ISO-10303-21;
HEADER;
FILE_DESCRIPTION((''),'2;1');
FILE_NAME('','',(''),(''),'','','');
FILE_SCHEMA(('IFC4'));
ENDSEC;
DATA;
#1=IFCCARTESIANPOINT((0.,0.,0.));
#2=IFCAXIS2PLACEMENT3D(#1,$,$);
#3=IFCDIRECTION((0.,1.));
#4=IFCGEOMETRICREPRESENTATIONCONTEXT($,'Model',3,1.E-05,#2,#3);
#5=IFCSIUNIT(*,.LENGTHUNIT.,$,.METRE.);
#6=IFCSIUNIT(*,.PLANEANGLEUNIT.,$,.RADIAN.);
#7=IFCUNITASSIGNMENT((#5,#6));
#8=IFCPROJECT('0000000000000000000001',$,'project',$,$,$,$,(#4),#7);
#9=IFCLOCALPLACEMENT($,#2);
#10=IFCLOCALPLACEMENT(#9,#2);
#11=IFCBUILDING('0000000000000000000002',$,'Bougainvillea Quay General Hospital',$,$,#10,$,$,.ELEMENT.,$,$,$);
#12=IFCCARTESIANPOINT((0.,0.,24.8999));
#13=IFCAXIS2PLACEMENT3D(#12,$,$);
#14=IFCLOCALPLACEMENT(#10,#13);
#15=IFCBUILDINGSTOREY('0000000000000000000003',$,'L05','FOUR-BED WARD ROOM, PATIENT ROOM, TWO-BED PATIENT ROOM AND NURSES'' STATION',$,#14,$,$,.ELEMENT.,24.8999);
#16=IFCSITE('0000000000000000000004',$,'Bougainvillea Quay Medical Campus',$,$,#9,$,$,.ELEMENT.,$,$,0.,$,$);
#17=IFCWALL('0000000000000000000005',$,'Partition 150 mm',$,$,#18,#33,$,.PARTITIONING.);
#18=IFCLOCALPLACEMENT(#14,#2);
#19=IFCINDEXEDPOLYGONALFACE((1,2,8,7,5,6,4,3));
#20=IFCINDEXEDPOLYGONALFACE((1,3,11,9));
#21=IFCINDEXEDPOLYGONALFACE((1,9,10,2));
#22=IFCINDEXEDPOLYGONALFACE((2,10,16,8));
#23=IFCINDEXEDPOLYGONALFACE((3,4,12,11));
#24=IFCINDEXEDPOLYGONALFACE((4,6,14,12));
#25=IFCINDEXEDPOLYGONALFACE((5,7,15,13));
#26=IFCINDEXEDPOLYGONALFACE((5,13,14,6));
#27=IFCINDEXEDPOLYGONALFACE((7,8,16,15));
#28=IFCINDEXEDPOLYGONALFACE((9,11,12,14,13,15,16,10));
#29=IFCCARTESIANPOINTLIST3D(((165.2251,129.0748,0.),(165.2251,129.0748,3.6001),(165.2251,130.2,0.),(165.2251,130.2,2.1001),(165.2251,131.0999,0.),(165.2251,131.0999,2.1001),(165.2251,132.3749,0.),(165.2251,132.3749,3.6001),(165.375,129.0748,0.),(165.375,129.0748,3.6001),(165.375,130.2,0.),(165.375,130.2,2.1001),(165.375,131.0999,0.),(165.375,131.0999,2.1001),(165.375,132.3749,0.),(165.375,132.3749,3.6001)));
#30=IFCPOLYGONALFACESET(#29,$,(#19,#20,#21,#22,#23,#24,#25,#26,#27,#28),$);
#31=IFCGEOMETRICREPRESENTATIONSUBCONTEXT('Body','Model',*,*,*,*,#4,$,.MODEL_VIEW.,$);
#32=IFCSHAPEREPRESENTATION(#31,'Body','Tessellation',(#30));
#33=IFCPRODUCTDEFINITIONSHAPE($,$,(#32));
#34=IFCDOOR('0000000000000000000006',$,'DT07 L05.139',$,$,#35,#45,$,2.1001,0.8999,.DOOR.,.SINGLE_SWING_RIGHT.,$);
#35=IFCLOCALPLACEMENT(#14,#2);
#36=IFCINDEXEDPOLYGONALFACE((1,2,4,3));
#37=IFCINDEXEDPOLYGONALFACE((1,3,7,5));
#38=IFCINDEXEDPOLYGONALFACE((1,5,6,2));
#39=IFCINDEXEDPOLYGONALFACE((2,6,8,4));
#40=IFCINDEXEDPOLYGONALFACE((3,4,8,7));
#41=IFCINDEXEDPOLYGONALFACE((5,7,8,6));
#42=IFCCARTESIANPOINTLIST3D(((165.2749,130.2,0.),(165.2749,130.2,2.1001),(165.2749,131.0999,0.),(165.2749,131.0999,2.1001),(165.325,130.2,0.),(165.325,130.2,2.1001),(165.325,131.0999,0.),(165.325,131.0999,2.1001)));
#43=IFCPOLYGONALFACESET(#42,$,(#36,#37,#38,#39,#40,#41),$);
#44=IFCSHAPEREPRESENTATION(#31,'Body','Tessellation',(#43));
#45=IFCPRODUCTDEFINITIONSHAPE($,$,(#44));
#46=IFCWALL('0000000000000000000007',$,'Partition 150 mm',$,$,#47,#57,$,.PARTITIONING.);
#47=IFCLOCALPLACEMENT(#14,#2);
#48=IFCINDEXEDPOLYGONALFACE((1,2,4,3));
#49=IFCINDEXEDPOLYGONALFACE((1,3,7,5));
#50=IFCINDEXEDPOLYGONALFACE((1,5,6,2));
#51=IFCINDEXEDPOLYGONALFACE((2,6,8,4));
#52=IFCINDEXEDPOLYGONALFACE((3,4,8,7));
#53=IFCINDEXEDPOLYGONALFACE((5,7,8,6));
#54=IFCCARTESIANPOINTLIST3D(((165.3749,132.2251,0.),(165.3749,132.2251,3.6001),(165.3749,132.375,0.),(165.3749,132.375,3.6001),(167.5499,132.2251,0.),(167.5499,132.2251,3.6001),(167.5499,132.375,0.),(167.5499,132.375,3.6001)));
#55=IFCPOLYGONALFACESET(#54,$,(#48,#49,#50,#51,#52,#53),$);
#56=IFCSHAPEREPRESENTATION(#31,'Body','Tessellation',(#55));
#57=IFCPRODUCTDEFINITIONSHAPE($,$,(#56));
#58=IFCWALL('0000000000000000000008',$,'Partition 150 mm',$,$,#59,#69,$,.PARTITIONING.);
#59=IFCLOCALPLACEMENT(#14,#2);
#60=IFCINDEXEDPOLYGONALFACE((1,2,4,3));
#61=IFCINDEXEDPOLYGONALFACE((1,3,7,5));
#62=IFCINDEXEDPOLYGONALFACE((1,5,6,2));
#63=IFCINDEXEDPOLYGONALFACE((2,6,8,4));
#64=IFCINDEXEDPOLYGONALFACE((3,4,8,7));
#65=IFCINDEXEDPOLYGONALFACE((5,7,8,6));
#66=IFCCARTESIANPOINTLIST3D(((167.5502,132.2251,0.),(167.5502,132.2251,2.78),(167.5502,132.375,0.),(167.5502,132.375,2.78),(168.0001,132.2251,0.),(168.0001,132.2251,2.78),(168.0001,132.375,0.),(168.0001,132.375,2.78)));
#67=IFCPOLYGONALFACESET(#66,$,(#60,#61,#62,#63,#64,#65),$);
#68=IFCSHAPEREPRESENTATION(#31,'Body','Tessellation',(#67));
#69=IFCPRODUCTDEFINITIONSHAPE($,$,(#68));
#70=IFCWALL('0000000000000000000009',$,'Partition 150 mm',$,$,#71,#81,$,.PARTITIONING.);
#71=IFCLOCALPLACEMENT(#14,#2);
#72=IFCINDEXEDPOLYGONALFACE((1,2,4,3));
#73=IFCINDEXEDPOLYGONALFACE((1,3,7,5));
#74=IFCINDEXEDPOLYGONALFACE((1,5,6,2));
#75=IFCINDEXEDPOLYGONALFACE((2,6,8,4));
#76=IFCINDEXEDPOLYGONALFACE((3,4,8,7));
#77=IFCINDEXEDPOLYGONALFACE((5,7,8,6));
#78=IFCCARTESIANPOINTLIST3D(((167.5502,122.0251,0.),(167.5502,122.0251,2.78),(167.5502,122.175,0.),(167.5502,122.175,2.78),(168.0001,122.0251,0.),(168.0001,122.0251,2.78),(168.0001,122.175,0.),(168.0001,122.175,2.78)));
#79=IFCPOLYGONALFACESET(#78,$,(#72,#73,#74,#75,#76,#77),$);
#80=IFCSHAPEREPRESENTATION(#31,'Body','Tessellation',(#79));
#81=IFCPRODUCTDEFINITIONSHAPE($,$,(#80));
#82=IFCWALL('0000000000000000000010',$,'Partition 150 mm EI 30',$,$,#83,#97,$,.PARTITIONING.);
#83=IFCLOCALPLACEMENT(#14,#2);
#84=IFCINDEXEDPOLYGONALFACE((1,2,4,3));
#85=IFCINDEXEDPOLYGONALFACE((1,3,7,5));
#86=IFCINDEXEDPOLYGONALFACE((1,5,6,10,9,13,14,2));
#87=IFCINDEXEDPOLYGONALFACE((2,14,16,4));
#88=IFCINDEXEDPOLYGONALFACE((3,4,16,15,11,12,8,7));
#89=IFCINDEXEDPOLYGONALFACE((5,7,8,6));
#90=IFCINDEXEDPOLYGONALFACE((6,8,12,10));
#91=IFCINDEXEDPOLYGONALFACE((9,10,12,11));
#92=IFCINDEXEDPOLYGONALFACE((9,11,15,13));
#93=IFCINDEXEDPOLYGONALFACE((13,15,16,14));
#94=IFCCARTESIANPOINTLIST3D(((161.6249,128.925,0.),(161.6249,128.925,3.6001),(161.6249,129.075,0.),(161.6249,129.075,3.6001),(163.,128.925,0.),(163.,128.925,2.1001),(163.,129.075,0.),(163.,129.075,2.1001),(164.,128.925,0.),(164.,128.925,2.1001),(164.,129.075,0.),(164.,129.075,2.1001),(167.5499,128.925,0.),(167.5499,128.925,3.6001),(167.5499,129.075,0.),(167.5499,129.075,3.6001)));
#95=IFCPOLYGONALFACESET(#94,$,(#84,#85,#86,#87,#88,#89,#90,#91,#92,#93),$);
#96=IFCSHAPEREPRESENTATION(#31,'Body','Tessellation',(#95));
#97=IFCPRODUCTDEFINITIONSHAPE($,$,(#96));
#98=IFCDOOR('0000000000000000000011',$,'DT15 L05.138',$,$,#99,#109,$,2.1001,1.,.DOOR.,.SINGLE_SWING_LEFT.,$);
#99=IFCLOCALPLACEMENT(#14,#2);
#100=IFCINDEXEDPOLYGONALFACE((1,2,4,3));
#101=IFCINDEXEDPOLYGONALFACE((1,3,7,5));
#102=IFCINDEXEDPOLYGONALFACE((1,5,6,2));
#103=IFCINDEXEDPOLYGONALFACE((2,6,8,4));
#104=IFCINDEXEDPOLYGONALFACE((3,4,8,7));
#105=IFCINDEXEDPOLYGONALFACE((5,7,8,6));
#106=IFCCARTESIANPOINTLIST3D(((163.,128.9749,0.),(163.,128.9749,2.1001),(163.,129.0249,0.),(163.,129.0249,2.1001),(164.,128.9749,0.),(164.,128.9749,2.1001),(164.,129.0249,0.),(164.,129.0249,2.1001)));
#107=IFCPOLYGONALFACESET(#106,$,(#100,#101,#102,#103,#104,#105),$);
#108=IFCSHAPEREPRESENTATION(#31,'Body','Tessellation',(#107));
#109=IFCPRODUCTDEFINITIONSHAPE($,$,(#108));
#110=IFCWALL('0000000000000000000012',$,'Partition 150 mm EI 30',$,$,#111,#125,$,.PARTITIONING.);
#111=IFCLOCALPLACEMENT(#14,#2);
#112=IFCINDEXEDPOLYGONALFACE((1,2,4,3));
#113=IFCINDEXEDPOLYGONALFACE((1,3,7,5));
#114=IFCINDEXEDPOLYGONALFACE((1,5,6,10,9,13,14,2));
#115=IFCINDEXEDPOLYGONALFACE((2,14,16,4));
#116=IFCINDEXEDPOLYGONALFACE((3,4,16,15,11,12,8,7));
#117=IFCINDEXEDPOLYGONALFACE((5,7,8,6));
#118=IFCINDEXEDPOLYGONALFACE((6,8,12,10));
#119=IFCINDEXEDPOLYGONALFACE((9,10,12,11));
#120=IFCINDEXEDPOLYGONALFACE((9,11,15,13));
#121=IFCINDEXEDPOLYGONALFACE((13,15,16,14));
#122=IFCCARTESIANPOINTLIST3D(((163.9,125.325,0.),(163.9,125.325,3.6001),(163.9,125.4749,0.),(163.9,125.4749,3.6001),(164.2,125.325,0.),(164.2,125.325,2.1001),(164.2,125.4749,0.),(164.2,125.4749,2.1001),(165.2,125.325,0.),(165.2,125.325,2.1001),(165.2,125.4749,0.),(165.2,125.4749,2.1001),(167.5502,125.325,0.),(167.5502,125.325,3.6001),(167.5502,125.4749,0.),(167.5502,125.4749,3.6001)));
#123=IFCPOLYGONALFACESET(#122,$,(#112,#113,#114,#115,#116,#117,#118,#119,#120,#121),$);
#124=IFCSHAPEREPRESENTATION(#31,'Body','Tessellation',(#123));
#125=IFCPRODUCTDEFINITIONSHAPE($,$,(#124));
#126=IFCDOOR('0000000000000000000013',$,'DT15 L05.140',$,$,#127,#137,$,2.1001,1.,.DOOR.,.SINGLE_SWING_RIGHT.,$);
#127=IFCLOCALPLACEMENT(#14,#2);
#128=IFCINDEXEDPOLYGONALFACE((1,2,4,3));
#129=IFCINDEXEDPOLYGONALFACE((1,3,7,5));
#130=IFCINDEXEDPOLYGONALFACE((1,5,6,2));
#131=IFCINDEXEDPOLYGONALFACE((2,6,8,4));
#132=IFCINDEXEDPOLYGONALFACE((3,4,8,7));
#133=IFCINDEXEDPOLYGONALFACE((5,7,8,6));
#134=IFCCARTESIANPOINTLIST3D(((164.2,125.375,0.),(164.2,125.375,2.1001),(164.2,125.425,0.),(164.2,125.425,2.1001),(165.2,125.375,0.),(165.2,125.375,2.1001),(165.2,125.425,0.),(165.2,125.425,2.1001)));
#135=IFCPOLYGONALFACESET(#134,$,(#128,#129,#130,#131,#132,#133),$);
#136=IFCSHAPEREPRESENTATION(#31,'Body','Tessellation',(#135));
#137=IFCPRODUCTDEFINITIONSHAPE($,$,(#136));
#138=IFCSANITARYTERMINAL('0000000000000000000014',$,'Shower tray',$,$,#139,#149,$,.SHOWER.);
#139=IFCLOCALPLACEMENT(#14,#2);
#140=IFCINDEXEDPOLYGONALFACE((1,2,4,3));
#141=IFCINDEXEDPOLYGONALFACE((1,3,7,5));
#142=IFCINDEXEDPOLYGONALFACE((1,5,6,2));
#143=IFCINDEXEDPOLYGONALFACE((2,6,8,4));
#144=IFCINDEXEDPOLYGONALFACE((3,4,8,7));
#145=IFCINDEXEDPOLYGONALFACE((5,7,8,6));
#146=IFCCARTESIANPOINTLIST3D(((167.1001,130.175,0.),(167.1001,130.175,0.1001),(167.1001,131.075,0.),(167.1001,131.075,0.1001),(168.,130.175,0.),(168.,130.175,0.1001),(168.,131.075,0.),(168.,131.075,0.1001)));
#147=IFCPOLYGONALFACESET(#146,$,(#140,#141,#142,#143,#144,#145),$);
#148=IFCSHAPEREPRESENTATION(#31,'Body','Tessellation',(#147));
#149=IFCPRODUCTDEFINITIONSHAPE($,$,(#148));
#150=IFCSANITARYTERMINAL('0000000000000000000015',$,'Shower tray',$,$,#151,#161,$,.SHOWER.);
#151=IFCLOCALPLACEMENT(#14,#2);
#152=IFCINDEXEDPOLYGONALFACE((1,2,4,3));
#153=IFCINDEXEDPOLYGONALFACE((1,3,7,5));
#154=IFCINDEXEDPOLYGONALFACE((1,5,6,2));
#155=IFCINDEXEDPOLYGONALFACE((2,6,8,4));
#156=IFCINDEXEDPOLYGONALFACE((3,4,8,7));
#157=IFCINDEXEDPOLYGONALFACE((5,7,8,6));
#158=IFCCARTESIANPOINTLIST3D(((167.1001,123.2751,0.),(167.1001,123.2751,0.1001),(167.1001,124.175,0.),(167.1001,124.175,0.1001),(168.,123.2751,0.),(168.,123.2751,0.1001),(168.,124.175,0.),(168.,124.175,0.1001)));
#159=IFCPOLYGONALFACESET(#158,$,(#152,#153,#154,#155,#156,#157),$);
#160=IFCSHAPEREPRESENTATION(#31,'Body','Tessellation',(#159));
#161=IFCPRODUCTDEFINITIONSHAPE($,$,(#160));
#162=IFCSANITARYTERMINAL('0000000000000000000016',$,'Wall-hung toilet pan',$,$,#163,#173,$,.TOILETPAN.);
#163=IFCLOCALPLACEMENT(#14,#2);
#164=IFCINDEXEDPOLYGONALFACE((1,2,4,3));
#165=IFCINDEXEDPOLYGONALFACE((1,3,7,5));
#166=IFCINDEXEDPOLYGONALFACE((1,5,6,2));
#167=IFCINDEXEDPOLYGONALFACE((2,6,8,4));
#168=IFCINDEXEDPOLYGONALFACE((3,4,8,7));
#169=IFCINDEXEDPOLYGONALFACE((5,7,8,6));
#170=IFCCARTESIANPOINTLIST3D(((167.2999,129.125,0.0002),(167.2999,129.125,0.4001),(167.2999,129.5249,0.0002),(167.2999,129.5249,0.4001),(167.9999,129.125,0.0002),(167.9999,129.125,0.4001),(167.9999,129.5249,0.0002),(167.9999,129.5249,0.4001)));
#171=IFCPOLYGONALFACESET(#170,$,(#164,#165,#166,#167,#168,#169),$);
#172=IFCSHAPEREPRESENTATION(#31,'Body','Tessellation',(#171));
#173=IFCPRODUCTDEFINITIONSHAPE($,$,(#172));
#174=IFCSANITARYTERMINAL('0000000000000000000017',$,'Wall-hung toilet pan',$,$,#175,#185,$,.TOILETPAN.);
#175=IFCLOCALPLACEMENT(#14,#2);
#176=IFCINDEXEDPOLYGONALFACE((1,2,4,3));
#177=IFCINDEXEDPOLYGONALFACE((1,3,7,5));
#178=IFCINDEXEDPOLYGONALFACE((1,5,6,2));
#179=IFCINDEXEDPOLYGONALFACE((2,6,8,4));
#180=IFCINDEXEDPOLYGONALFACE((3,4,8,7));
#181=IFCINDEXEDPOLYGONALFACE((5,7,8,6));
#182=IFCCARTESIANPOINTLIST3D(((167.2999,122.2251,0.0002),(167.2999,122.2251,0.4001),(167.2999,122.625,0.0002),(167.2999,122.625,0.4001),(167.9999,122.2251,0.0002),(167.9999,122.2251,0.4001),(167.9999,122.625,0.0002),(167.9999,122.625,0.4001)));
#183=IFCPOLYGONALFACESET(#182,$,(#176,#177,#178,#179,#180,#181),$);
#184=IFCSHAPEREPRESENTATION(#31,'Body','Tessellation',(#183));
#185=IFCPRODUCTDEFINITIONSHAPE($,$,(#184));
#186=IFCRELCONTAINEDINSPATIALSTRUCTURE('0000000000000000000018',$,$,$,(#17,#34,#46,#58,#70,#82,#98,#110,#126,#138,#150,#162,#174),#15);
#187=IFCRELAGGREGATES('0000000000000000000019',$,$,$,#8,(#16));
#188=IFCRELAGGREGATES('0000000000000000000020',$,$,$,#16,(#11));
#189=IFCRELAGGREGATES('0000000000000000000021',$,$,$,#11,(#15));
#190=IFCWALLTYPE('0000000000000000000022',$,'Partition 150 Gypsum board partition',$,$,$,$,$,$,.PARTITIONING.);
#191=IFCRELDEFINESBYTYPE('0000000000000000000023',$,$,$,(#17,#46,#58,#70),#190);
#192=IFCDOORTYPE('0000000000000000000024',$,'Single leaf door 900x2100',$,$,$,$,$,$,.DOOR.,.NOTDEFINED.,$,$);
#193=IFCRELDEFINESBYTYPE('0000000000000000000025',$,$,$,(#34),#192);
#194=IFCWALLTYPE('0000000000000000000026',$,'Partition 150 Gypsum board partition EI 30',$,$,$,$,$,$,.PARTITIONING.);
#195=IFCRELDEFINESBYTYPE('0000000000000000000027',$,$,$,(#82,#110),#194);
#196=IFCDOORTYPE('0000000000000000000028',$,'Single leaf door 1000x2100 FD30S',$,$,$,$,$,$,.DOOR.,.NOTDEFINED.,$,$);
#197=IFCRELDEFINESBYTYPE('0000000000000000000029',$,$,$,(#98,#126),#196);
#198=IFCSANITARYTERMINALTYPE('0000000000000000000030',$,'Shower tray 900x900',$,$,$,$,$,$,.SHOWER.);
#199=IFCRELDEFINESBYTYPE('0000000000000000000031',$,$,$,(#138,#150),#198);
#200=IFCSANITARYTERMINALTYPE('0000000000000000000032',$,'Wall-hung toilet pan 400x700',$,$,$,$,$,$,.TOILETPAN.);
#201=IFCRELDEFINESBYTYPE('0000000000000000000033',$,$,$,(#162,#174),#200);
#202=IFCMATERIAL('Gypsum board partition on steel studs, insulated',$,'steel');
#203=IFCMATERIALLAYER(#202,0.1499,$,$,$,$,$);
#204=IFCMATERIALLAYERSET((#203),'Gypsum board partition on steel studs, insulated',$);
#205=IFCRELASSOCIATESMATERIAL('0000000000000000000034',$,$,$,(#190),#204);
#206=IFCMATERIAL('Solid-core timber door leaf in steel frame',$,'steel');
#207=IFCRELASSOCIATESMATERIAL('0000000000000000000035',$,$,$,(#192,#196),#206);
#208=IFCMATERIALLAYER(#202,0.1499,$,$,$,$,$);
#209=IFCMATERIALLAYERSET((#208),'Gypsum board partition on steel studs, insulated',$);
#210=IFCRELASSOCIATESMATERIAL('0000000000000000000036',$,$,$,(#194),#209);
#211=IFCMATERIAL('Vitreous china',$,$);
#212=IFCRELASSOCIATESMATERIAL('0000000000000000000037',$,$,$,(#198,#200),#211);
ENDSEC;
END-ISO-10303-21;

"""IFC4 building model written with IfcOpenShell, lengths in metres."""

from ifc_helpers import new_model, si_unit, direction, frame, frame_2d, origin, origin_2d, place, context, subcontext, project, spatial, rectangle, extrude, material, layer, layer_set, type_object, element, fill, save


model = new_model("IFC4")

# Units and contexts
model_context = context("Model", 3, precision=1e-05, world=origin(), true_north=direction((0.0, 1.0)))
body_context = subcontext(model_context, "Body", "Model", "MODEL_VIEW")
ifc_project = project(units=[si_unit("LENGTHUNIT", "METRE"), si_unit("PLANEANGLEUNIT", "RADIAN")], contexts=[model_context])

# Site, building, storey
site_placement = place(None, origin())
site = spatial("IfcSite", under=ifc_project, at=site_placement, Name="Bougainvillea Quay Medical Campus", CompositionType="ELEMENT", RefElevation=0.0)
building_placement = place(site_placement, origin())
building = spatial("IfcBuilding", under=site, at=building_placement, Name="Bougainvillea Quay General Hospital", CompositionType="ELEMENT")
storey_placement = place(building_placement, frame((0.0, 0.0, 24.8999)))
storey = spatial("IfcBuildingStorey", under=building, at=storey_placement, Name="L05", Description="FOUR-BED WARD ROOM, PATIENT ROOM, TWO-BED PATIENT ROOM AND NURSES' STATION", CompositionType="ELEMENT", Elevation=24.8999)

# Shared definitions
ifc_material_1 = material(Name="Gypsum board partition on steel studs, insulated", Category="steel")
ifc_layer_1 = layer(ifc_material_1, 0.1499)
ifc_layer_set_1 = layer_set([ifc_layer_1], Name="Gypsum board partition on steel studs, insulated")
wall_type_1 = type_object("IfcWallType", Name="Partition 150 Gypsum board partition", PredefinedType="PARTITIONING", material=ifc_layer_set_1)

# Wall, opening, door
wall_1_placement = place(storey_placement, frame((165.3, 129.075, 0.0), z_axis=(0.0, 0.0, 1.0), x_axis=(0.0, 1.0, 0.0)))
wall_1 = element("IfcWall", 1, at=wall_1_placement, inside=storey, type_object=wall_type_1, Name="Partition 150 mm", PredefinedType="PARTITIONING", context=body_context, shape_type="SweptSolid", body=[
    extrude(rectangle(XDim=3.3, YDim=0.1499, at=frame_2d((1.6499, 0.0))), origin(), (0.0, 0.0, 1.0), 3.6001),
])
opening_1_placement = place(wall_1_placement, frame((1.125, 0.0, 0.0)))
opening_1 = element("IfcOpeningElement", 2, at=opening_1_placement, cuts=wall_1, PredefinedType="OPENING", context=body_context, shape_type="SweptSolid", body=[
    extrude(rectangle(XDim=0.8999, YDim=2.1001, at=frame_2d((0.45, 1.05))), frame((0.0, 0.085, 0.0), z_axis=(0.0, -1.0, 0.0), x_axis=(1.0, 0.0, 0.0)), (0.0, 0.0, 1.0), 0.1699),
])
ifc_material_2 = material(Name="Solid-core timber door leaf in steel frame", Category="steel")
door_type_1 = type_object("IfcDoorType", Name="Single leaf door 900x2100", OperationType="NOTDEFINED", PredefinedType="DOOR", material=ifc_material_2)
door_1_placement = place(opening_1_placement, frame((0.8999, 0.0, 0.0), z_axis=(0.0, 0.0, 1.0), x_axis=(-1.0, 0.0, 0.0)))
door_1 = element("IfcDoor", 3, at=door_1_placement, inside=storey, type_object=door_type_1, Name="DT07 L05.139", OperationType="SINGLE_SWING_RIGHT", OverallHeight=2.1001, OverallWidth=0.8999, PredefinedType="DOOR", context=body_context, shape_type="SweptSolid", body=[
    extrude(rectangle(XDim=0.8999, YDim=2.1001, at=frame_2d((0.45, 1.05))), frame((0.0, 0.0249, 0.0), z_axis=(0.0, -1.0, 0.0), x_axis=(1.0, 0.0, 0.0)), (0.0, 0.0, 1.0), 0.05),
])
fill(opening_1, door_1)

# Walls
wall_2_placement = place(storey_placement, frame((165.375, 132.3, 0.0), z_axis=(0.0, 0.0, 1.0), x_axis=(1.0, 0.0, 0.0)))
element("IfcWall", 4, at=wall_2_placement, inside=storey, type_object=wall_type_1, Name="Partition 150 mm", PredefinedType="PARTITIONING", context=body_context, shape_type="SweptSolid", body=[
    extrude(rectangle(XDim=2.175, YDim=0.1499, at=frame_2d((1.0874, 0.0))), origin(), (0.0, 0.0, 1.0), 3.6001),
])
for number, where, z_axis, x_axis, name in (
    (5, (167.55, 132.3, 0.0), (0.0, 0.0, 1.0), (1.0, 0.0, 0.0), "Partition 150 mm"),
    (6, (167.55, 122.1001, 0.0), (0.0, 0.0, 1.0), (1.0, 0.0, 0.0), "Partition 150 mm"),
):
    element("IfcWall", number, at=place(storey_placement, frame(where, z_axis=z_axis, x_axis=x_axis)), inside=storey, type_object=wall_type_1, Name=name, PredefinedType="PARTITIONING", context=body_context, shape_type="SweptSolid", body=[
        extrude(rectangle(XDim=0.45, YDim=0.1499, at=frame_2d((0.2251, 0.0))), origin(), (0.0, 0.0, 1.0), 2.78),
    ])

# Walls, openings, doors
ifc_layer_2 = layer(ifc_material_1, 0.1499)
ifc_layer_set_2 = layer_set([ifc_layer_2], Name="Gypsum board partition on steel studs, insulated")
wall_type_2 = type_object("IfcWallType", Name="Partition 150 Gypsum board partition EI 30", PredefinedType="PARTITIONING", material=ifc_layer_set_2)
wall_3_placement = place(storey_placement, frame((161.625, 129.0, 0.0), z_axis=(0.0, 0.0, 1.0), x_axis=(1.0, 0.0, 0.0)))
wall_3 = element("IfcWall", 7, at=wall_3_placement, inside=storey, type_object=wall_type_2, Name="Partition 150 mm EI 30", PredefinedType="PARTITIONING", context=body_context, shape_type="SweptSolid", body=[
    extrude(rectangle(XDim=5.925, YDim=0.1499, at=frame_2d((2.9624, 0.0))), origin(), (0.0, 0.0, 1.0), 3.6001),
])
opening_2_placement = place(wall_3_placement, frame((1.375, 0.0, 0.0)))
opening_2 = element("IfcOpeningElement", 8, at=opening_2_placement, cuts=wall_3, PredefinedType="OPENING", context=body_context, shape_type="SweptSolid", body=[
    extrude(rectangle(XDim=1.0, YDim=2.1001, at=frame_2d((0.5, 1.05))), frame((0.0, 0.085, 0.0), z_axis=(0.0, -1.0, 0.0), x_axis=(1.0, 0.0, 0.0)), (0.0, 0.0, 1.0), 0.1699),
])
door_type_2 = type_object("IfcDoorType", Name="Single leaf door 1000x2100 FD30S", OperationType="NOTDEFINED", PredefinedType="DOOR", material=ifc_material_2)
door_2_placement = place(opening_2_placement, origin())
door_2 = element("IfcDoor", 9, at=door_2_placement, inside=storey, type_object=door_type_2, Name="DT15 L05.138", OperationType="SINGLE_SWING_LEFT", OverallHeight=2.1001, OverallWidth=1.0, PredefinedType="DOOR", context=body_context, shape_type="SweptSolid", body=[
    extrude(rectangle(XDim=1.0, YDim=2.1001, at=frame_2d((0.5, 1.05))), frame((0.0, 0.0249, 0.0), z_axis=(0.0, -1.0, 0.0), x_axis=(1.0, 0.0, 0.0)), (0.0, 0.0, 1.0), 0.05),
])
fill(opening_2, door_2)
wall_4_placement = place(storey_placement, frame((163.8999, 125.3999, 0.0), z_axis=(0.0, 0.0, 1.0), x_axis=(1.0, 0.0, 0.0)))
wall_4 = element("IfcWall", 10, at=wall_4_placement, inside=storey, type_object=wall_type_2, Name="Partition 150 mm EI 30", PredefinedType="PARTITIONING", context=body_context, shape_type="SweptSolid", body=[
    extrude(rectangle(XDim=3.6501, YDim=0.1499, at=frame_2d((1.8252, 0.0))), origin(), (0.0, 0.0, 1.0), 3.6001),
])
opening_3_placement = place(wall_4_placement, frame((0.3, 0.0, 0.0)))
opening_3 = element("IfcOpeningElement", 11, at=opening_3_placement, cuts=wall_4, PredefinedType="OPENING", context=body_context, shape_type="SweptSolid", body=[
    extrude(rectangle(XDim=1.0, YDim=2.1001, at=frame_2d((0.5, 1.05))), frame((0.0, 0.085, 0.0), z_axis=(0.0, -1.0, 0.0), x_axis=(1.0, 0.0, 0.0)), (0.0, 0.0, 1.0), 0.1699),
])
door_3_placement = place(opening_3_placement, frame((1.0, 0.0, 0.0), z_axis=(0.0, 0.0, 1.0), x_axis=(-1.0, 0.0, 0.0)))
door_3 = element("IfcDoor", 12, at=door_3_placement, inside=storey, type_object=door_type_2, Name="DT15 L05.140", OperationType="SINGLE_SWING_RIGHT", OverallHeight=2.1001, OverallWidth=1.0, PredefinedType="DOOR", context=body_context, shape_type="SweptSolid", body=[
    extrude(rectangle(XDim=1.0, YDim=2.1001, at=frame_2d((0.5, 1.05))), frame((0.0, 0.0249, 0.0), z_axis=(0.0, -1.0, 0.0), x_axis=(1.0, 0.0, 0.0)), (0.0, 0.0, 1.0), 0.05),
])
fill(opening_3, door_3)

# Sanitary terminals
ifc_material_3 = material(Name="Vitreous china")
sanitary_terminal_type_1 = type_object("IfcSanitaryTerminalType", Name="Shower tray 900x900", PredefinedType="SHOWER", material=ifc_material_3)
for number, where, z_axis, x_axis, name in (
    (13, (167.55, 130.625, 0.0), (0.0, 0.0, 1.0), (0.0, -1.0, 0.0), "Shower tray"),
    (14, (167.55, 123.7251, 0.0), (0.0, 0.0, 1.0), (0.0, -1.0, 0.0), "Shower tray"),
):
    element("IfcSanitaryTerminal", number, at=place(storey_placement, frame(where, z_axis=z_axis, x_axis=x_axis)), inside=storey, type_object=sanitary_terminal_type_1, Name=name, PredefinedType="SHOWER", context=body_context, shape_type="SweptSolid", body=[
        extrude(rectangle(XDim=0.8999, YDim=0.8999, at=origin_2d()), origin(), (0.0, 0.0, 1.0), 0.1001),
    ])
sanitary_terminal_type_2 = type_object("IfcSanitaryTerminalType", Name="Wall-hung toilet pan 400x700", PredefinedType="TOILETPAN", material=ifc_material_3)
for number, where, z_axis, x_axis, name in (
    (15, (167.6499, 129.325, 0.0002), (0.0, 0.0, 1.0), (0.0, -1.0, 0.0), "Wall-hung toilet pan"),
    (16, (167.6499, 122.425, 0.0002), (0.0, 0.0, 1.0), (0.0, -1.0, 0.0), "Wall-hung toilet pan"),
):
    element("IfcSanitaryTerminal", number, at=place(storey_placement, frame(where, z_axis=z_axis, x_axis=x_axis)), inside=storey, type_object=sanitary_terminal_type_2, Name=name, PredefinedType="TOILETPAN", context=body_context, shape_type="SweptSolid", body=[
        extrude(rectangle(XDim=0.3999, YDim=0.7, at=origin_2d()), origin(), (0.0, 0.0, 1.0), 0.3999),
    ])

save(model, "model.ifc")
